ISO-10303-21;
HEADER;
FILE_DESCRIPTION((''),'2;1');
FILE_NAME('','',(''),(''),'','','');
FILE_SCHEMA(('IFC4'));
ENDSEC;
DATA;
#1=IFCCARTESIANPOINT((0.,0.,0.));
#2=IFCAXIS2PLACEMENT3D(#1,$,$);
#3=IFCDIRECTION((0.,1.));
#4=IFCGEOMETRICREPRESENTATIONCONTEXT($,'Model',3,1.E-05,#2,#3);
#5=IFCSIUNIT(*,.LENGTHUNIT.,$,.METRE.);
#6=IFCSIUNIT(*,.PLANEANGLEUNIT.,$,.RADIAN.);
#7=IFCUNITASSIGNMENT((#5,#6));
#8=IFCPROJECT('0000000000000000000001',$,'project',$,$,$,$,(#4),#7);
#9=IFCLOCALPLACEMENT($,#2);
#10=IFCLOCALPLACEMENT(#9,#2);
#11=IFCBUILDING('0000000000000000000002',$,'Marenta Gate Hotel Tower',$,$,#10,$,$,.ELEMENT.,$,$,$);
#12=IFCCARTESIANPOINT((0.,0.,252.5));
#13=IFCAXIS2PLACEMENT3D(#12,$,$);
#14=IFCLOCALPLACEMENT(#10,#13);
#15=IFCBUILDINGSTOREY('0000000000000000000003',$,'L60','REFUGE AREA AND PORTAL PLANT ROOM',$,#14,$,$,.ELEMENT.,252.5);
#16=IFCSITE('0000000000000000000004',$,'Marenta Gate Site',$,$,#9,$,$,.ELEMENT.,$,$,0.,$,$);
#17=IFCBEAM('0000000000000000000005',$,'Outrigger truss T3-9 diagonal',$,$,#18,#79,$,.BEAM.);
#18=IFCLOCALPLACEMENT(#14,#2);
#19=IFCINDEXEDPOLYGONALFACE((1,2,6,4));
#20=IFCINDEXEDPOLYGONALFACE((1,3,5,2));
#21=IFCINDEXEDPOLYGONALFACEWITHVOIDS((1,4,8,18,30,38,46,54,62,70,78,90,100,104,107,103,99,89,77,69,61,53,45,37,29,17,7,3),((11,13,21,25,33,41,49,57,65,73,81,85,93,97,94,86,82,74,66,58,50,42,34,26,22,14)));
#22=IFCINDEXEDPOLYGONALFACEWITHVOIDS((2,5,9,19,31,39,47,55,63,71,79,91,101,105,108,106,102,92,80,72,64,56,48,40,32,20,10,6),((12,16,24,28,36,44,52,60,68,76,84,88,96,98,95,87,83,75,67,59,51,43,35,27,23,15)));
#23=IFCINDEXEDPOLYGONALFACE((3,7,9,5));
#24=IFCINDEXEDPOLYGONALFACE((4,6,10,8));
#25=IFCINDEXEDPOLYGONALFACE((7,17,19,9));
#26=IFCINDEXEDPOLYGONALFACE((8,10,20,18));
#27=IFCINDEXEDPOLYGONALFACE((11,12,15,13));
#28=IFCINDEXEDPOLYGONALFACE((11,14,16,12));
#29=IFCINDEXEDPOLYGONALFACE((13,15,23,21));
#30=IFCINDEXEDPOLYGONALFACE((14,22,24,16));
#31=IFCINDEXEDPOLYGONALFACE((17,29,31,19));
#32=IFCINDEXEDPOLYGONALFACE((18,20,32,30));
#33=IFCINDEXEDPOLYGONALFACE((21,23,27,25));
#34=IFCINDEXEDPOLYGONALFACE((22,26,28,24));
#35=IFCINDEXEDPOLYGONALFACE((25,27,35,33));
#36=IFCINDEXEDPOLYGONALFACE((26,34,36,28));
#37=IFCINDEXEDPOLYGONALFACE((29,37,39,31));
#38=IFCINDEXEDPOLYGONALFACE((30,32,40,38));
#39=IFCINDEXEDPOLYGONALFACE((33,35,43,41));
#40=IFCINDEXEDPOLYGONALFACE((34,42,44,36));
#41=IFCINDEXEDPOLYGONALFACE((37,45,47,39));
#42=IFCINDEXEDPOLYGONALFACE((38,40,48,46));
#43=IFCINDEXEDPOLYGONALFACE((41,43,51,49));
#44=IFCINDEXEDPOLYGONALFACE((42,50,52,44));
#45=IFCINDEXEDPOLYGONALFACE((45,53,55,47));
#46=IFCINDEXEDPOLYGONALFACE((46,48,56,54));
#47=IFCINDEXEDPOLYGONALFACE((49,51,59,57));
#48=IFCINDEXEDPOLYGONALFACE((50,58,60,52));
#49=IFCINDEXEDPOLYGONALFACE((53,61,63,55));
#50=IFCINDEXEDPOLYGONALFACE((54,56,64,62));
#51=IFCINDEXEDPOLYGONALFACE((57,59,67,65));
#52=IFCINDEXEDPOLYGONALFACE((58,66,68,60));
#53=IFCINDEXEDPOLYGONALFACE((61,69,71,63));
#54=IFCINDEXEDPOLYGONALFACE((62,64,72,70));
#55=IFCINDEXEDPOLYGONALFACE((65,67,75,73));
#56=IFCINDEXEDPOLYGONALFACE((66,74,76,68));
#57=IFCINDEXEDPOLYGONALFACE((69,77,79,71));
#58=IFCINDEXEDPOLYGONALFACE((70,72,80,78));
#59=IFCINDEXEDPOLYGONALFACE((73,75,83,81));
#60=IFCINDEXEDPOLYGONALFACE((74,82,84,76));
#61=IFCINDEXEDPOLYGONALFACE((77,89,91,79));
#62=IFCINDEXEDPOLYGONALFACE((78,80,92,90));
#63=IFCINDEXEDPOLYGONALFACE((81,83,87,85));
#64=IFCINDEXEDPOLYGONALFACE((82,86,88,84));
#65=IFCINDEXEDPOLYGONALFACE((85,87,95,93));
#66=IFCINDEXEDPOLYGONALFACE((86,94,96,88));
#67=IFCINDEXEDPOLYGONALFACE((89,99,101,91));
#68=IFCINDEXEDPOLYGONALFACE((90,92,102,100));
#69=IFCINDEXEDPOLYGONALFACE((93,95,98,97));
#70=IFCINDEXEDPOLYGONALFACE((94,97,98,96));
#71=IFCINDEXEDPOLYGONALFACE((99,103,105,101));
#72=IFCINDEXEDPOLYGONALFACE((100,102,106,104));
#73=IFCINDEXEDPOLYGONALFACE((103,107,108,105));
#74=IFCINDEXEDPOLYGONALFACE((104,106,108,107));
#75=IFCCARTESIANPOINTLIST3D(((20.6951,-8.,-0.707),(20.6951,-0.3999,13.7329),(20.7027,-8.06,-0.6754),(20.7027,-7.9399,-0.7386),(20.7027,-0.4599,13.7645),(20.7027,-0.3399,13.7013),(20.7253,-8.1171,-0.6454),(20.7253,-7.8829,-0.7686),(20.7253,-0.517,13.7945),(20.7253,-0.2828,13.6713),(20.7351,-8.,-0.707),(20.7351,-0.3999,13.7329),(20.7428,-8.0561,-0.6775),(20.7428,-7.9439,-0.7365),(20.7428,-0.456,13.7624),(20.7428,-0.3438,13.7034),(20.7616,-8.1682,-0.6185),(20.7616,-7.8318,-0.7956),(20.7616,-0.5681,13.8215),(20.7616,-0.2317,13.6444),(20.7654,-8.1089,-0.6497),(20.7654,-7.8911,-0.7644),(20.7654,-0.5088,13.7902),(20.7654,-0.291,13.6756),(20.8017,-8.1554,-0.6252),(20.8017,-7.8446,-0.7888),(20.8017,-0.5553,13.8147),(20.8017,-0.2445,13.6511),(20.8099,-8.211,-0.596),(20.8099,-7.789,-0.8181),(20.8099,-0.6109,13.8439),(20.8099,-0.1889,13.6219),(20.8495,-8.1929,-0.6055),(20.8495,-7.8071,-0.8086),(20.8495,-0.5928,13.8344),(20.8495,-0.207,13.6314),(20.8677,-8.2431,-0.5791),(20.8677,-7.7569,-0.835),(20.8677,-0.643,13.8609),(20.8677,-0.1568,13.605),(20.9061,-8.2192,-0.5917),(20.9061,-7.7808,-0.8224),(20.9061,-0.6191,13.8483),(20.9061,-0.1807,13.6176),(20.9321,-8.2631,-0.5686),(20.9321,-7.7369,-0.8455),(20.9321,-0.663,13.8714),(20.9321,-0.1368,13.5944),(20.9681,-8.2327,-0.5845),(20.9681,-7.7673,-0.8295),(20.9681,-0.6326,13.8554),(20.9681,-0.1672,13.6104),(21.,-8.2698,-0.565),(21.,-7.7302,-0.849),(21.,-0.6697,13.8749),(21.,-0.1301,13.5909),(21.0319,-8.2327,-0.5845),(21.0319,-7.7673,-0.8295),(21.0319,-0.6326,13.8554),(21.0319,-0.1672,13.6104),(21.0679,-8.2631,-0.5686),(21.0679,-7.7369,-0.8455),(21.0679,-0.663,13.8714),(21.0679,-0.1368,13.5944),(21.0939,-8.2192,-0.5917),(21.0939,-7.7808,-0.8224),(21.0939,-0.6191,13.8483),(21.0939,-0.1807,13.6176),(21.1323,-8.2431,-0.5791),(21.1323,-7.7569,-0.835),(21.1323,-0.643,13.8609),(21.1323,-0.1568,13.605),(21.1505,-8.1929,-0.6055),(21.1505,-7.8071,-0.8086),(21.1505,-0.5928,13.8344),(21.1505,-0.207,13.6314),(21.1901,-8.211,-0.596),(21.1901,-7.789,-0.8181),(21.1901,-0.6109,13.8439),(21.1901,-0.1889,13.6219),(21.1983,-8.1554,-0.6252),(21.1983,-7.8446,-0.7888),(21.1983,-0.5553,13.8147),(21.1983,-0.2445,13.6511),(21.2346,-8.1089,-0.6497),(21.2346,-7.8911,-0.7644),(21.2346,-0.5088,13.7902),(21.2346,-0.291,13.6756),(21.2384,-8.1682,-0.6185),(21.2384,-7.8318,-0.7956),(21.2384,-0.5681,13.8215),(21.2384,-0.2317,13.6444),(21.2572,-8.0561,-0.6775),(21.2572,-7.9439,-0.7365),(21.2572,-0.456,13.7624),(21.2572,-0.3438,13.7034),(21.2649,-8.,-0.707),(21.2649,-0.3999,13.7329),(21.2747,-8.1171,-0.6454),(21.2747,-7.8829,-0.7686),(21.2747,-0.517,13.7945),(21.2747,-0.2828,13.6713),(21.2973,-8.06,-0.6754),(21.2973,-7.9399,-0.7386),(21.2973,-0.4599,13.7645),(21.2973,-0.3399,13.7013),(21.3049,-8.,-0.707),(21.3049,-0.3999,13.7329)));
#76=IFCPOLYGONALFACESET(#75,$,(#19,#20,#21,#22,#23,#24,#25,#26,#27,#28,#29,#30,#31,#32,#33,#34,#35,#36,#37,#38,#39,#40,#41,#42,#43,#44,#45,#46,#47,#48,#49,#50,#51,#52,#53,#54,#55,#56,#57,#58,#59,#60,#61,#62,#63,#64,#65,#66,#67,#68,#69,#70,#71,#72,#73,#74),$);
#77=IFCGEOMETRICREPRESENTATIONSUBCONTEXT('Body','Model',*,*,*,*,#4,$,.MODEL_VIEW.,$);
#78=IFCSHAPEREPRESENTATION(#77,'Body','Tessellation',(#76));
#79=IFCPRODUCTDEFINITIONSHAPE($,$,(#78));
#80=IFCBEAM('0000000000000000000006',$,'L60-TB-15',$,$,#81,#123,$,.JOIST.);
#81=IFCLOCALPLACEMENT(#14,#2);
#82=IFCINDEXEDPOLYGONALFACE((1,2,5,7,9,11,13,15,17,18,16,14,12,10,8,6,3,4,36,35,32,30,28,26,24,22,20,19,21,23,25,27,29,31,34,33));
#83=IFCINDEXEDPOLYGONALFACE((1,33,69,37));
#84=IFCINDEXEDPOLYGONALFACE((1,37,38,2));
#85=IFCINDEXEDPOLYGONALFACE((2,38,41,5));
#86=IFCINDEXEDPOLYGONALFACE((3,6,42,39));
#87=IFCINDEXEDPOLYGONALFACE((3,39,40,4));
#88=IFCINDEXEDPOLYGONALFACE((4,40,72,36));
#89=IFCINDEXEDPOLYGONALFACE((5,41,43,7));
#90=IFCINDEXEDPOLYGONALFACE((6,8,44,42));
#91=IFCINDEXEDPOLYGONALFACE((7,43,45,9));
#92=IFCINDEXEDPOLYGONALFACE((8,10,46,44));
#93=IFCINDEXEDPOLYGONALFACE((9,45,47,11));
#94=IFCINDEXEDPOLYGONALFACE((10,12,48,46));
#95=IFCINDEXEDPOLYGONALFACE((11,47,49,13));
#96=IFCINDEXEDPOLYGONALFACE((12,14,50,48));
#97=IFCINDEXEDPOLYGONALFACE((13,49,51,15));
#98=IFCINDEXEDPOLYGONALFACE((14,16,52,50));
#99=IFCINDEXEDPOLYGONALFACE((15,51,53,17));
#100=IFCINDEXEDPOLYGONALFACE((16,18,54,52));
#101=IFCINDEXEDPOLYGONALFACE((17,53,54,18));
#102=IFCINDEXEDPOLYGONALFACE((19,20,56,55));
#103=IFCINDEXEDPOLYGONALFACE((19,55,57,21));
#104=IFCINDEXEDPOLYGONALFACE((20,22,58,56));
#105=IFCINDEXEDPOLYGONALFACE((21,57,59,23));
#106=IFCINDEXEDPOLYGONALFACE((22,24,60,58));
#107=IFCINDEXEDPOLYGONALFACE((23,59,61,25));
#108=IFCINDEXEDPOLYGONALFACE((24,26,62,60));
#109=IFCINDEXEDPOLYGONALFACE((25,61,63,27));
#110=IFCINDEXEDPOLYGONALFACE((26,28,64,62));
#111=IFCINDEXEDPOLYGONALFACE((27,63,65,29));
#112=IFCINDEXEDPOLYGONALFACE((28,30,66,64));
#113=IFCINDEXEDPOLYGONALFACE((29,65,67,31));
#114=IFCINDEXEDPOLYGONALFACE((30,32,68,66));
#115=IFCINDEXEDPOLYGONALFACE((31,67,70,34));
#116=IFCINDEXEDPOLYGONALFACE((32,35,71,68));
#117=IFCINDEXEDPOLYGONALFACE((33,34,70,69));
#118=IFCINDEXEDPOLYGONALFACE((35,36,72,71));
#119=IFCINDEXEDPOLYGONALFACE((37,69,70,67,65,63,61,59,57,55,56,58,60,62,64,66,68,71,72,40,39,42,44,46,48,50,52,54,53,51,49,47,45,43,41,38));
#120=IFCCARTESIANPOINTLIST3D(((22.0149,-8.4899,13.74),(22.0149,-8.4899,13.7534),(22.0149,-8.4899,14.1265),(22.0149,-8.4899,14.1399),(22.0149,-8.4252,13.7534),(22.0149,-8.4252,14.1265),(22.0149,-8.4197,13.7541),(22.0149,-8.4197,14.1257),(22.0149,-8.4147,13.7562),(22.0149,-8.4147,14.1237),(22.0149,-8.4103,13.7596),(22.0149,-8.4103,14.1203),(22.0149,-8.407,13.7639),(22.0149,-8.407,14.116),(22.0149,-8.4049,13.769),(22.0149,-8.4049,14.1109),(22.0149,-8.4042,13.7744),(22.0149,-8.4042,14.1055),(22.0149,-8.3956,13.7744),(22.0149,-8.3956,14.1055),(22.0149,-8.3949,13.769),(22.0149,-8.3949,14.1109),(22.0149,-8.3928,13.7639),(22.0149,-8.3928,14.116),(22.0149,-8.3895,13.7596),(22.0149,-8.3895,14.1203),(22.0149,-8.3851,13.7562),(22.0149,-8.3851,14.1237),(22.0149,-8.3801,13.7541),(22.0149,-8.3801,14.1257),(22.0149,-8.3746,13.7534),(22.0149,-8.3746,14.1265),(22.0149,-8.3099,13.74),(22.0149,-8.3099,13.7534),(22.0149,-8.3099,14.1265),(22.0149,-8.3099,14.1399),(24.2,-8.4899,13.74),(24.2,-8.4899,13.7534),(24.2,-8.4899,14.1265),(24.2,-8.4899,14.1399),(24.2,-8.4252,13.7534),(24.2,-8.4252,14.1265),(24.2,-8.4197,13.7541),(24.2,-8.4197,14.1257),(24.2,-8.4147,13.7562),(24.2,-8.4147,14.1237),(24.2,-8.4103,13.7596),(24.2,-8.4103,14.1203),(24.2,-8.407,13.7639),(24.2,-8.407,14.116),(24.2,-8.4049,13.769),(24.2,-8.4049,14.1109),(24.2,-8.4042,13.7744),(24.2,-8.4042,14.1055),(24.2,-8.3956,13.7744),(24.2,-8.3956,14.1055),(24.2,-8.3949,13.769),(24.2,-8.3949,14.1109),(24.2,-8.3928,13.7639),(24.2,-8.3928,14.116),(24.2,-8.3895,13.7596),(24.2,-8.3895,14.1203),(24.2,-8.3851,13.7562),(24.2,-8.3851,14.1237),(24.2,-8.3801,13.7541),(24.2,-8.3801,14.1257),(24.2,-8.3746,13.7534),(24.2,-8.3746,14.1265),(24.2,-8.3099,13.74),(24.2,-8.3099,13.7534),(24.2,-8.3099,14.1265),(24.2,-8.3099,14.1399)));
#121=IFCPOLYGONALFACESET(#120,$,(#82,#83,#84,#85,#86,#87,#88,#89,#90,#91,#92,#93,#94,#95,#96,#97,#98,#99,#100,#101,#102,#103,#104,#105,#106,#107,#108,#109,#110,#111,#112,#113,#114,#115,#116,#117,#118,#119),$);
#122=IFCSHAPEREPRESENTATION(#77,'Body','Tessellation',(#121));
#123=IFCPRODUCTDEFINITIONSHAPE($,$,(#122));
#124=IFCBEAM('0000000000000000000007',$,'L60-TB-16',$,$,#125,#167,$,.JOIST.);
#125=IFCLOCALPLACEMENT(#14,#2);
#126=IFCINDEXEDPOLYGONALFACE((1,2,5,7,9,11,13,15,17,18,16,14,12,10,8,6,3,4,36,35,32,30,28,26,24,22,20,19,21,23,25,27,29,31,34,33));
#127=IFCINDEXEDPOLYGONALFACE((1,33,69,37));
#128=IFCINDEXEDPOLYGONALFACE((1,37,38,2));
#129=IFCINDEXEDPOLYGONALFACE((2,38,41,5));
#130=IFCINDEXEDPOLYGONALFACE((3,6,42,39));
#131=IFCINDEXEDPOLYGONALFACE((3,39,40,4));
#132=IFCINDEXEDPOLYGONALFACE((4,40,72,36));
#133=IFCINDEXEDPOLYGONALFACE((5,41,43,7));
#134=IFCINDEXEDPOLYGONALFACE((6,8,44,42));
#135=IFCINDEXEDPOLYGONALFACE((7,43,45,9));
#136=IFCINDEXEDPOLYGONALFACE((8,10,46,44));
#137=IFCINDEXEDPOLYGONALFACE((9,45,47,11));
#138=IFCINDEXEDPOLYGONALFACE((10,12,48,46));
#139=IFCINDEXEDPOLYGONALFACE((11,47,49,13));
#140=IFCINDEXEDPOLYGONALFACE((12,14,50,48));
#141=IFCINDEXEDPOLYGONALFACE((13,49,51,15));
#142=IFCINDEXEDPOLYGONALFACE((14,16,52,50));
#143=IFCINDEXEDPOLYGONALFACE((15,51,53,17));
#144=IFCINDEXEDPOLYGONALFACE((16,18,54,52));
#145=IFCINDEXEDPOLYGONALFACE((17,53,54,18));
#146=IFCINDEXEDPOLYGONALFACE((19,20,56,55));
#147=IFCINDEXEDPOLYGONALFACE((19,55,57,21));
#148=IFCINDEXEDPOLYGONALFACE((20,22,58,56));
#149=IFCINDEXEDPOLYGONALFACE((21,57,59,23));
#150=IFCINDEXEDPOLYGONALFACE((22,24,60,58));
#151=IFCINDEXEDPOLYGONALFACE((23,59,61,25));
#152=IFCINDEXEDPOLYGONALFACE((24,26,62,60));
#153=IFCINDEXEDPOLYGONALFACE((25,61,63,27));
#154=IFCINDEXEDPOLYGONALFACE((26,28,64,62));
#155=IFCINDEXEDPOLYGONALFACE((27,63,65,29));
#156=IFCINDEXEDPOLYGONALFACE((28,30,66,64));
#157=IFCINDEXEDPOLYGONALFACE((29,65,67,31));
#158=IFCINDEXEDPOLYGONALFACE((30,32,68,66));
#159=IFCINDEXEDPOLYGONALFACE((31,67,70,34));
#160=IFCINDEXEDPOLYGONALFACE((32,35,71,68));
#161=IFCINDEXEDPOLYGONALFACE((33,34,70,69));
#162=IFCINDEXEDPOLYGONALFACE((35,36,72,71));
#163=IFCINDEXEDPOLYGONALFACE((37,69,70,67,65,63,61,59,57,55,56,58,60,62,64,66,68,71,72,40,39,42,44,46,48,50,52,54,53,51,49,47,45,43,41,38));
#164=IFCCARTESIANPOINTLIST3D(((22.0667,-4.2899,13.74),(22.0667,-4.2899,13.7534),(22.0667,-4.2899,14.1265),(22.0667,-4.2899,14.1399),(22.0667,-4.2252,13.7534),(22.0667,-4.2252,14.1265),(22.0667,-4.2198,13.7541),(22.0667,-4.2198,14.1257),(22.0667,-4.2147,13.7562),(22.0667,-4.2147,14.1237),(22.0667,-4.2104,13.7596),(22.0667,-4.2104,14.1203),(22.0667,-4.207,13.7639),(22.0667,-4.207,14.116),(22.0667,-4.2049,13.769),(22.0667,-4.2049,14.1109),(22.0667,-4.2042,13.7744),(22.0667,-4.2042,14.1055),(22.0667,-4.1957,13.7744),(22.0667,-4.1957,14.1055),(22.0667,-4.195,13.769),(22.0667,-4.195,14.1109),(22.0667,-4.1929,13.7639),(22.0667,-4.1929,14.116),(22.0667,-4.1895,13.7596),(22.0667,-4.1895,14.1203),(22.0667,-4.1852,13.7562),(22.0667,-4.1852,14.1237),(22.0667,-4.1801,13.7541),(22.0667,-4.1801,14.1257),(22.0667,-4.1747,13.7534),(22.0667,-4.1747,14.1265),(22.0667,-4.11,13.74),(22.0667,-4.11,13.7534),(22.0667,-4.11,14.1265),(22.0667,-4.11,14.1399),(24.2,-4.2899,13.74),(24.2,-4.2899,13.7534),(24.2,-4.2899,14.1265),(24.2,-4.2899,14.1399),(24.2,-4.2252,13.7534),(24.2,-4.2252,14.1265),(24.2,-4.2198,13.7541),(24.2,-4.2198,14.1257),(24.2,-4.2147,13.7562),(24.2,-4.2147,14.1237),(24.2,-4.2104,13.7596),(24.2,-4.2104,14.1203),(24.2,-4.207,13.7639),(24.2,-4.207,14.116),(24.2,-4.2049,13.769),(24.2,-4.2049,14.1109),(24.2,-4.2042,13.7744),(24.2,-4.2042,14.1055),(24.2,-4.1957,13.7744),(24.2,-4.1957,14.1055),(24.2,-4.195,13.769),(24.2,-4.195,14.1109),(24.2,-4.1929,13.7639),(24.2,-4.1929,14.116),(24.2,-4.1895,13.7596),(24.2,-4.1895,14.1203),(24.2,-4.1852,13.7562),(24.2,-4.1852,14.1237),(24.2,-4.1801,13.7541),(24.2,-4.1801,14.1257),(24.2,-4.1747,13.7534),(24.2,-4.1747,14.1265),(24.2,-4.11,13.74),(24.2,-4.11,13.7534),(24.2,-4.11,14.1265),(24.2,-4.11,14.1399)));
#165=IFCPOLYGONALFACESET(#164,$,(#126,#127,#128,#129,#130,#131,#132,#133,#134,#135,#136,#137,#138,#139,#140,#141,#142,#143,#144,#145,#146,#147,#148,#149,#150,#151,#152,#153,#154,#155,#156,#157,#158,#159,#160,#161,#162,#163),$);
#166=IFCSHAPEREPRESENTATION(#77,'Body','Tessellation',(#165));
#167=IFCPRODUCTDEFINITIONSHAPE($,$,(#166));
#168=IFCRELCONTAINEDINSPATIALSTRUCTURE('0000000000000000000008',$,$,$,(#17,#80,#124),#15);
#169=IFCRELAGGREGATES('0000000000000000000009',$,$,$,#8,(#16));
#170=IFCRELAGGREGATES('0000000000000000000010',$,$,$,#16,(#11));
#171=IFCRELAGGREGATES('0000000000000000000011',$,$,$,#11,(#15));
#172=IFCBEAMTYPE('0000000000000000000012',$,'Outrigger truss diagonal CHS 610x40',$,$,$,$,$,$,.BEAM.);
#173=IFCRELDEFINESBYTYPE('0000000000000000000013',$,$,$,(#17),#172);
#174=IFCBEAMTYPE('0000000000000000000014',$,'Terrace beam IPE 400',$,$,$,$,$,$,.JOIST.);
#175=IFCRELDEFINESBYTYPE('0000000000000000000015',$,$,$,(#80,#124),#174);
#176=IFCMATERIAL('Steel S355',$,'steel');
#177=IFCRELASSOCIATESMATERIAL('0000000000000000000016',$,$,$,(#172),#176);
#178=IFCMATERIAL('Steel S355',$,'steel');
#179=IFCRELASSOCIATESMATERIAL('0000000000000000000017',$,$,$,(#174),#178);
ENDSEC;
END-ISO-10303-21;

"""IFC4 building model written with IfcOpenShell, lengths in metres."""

from ifc_helpers import new_model, si_unit, direction, frame, origin, origin_2d, place, context, subcontext, project, spatial, hollow_circle, i_section, extrude, material, material_profile, profile_set, type_object, element, save


model = new_model("IFC4")

# Units and contexts
model_context = context("Model", 3, precision=1e-05, world=origin(), true_north=direction((0.0, 1.0)))
body_context = subcontext(model_context, "Body", "Model", "MODEL_VIEW")
ifc_project = project(units=[si_unit("LENGTHUNIT", "METRE"), si_unit("PLANEANGLEUNIT", "RADIAN")], contexts=[model_context])

# Site, building, storey
site_placement = place(None, origin())
site = spatial("IfcSite", under=ifc_project, at=site_placement, Name="Marenta Gate Site", CompositionType="ELEMENT", RefElevation=0.0)
building_placement = place(site_placement, origin())
building = spatial("IfcBuilding", under=site, at=building_placement, Name="Marenta Gate Hotel Tower", CompositionType="ELEMENT")
storey_placement = place(building_placement, frame((0.0, 0.0, 252.5)))
storey = spatial("IfcBuildingStorey", under=building, at=storey_placement, Name="L60", Description="REFUGE AREA AND PORTAL PLANT ROOM", CompositionType="ELEMENT", Elevation=252.5)

# Beams
ifc_material_1 = material(Name="Steel S355", Category="steel")
ifc_material_profile_1 = material_profile(ifc_material_1, hollow_circle(Radius=0.3049, WallThickness=0.04, at=origin_2d()), Name="CHS 610x40")
ifc_profile_set_1 = profile_set([ifc_material_profile_1], Name="Steel S355")
beam_type_1 = type_object("IfcBeamType", Name="Outrigger truss diagonal CHS 610x40", PredefinedType="BEAM", material=ifc_profile_set_1)
beam_1_placement = place(storey_placement, frame((21.0, -0.3999, 13.7329), z_axis=(0.0, -0.465753, -0.884915), x_axis=(1.0, 0.0, 0.0)))
element("IfcBeam", 1, at=beam_1_placement, inside=storey, type_object=beam_type_1, Name="Outrigger truss T3-9 diagonal", PredefinedType="BEAM", context=body_context, shape_type="SweptSolid", body=[
    extrude(hollow_circle(Radius=0.3049, WallThickness=0.04, at=origin_2d()), origin(), (0.0, 0.0, 1.0), 16.3179),
])
ifc_material_2 = material(Name="Steel S355", Category="steel")
ifc_material_profile_2 = material_profile(ifc_material_2, i_section(OverallWidth=0.1799, OverallDepth=0.3999, WebThickness=0.0085, FlangeThickness=0.0134, FilletRadius=0.021, at=origin_2d()), Name="IPE 400")
ifc_profile_set_2 = profile_set([ifc_material_profile_2], Name="Steel S355")
beam_type_2 = type_object("IfcBeamType", Name="Terrace beam IPE 400", PredefinedType="JOIST", material=ifc_profile_set_2)
beam_2_placement = place(storey_placement, frame((22.0149, -8.3999, 13.9399), z_axis=(1.0, 0.0, 0.0), x_axis=(0.0, 1.0, 0.0)))
element("IfcBeam", 2, at=beam_2_placement, inside=storey, type_object=beam_type_2, Name="L60-TB-15", PredefinedType="JOIST", context=body_context, shape_type="SweptSolid", body=[
    extrude(i_section(OverallWidth=0.1799, OverallDepth=0.3999, WebThickness=0.0085, FlangeThickness=0.0134, FilletRadius=0.021, at=origin_2d()), origin(), (0.0, 0.0, 1.0), 2.1851),
])
beam_3_placement = place(storey_placement, frame((22.0667, -4.2, 13.9399), z_axis=(1.0, 0.0, 0.0), x_axis=(0.0, 1.0, 0.0)))
element("IfcBeam", 3, at=beam_3_placement, inside=storey, type_object=beam_type_2, Name="L60-TB-16", PredefinedType="JOIST", context=body_context, shape_type="SweptSolid", body=[
    extrude(i_section(OverallWidth=0.1799, OverallDepth=0.3999, WebThickness=0.0085, FlangeThickness=0.0134, FilletRadius=0.021, at=origin_2d()), origin(), (0.0, 0.0, 1.0), 2.1333),
])

save(model, "model.ifc")
